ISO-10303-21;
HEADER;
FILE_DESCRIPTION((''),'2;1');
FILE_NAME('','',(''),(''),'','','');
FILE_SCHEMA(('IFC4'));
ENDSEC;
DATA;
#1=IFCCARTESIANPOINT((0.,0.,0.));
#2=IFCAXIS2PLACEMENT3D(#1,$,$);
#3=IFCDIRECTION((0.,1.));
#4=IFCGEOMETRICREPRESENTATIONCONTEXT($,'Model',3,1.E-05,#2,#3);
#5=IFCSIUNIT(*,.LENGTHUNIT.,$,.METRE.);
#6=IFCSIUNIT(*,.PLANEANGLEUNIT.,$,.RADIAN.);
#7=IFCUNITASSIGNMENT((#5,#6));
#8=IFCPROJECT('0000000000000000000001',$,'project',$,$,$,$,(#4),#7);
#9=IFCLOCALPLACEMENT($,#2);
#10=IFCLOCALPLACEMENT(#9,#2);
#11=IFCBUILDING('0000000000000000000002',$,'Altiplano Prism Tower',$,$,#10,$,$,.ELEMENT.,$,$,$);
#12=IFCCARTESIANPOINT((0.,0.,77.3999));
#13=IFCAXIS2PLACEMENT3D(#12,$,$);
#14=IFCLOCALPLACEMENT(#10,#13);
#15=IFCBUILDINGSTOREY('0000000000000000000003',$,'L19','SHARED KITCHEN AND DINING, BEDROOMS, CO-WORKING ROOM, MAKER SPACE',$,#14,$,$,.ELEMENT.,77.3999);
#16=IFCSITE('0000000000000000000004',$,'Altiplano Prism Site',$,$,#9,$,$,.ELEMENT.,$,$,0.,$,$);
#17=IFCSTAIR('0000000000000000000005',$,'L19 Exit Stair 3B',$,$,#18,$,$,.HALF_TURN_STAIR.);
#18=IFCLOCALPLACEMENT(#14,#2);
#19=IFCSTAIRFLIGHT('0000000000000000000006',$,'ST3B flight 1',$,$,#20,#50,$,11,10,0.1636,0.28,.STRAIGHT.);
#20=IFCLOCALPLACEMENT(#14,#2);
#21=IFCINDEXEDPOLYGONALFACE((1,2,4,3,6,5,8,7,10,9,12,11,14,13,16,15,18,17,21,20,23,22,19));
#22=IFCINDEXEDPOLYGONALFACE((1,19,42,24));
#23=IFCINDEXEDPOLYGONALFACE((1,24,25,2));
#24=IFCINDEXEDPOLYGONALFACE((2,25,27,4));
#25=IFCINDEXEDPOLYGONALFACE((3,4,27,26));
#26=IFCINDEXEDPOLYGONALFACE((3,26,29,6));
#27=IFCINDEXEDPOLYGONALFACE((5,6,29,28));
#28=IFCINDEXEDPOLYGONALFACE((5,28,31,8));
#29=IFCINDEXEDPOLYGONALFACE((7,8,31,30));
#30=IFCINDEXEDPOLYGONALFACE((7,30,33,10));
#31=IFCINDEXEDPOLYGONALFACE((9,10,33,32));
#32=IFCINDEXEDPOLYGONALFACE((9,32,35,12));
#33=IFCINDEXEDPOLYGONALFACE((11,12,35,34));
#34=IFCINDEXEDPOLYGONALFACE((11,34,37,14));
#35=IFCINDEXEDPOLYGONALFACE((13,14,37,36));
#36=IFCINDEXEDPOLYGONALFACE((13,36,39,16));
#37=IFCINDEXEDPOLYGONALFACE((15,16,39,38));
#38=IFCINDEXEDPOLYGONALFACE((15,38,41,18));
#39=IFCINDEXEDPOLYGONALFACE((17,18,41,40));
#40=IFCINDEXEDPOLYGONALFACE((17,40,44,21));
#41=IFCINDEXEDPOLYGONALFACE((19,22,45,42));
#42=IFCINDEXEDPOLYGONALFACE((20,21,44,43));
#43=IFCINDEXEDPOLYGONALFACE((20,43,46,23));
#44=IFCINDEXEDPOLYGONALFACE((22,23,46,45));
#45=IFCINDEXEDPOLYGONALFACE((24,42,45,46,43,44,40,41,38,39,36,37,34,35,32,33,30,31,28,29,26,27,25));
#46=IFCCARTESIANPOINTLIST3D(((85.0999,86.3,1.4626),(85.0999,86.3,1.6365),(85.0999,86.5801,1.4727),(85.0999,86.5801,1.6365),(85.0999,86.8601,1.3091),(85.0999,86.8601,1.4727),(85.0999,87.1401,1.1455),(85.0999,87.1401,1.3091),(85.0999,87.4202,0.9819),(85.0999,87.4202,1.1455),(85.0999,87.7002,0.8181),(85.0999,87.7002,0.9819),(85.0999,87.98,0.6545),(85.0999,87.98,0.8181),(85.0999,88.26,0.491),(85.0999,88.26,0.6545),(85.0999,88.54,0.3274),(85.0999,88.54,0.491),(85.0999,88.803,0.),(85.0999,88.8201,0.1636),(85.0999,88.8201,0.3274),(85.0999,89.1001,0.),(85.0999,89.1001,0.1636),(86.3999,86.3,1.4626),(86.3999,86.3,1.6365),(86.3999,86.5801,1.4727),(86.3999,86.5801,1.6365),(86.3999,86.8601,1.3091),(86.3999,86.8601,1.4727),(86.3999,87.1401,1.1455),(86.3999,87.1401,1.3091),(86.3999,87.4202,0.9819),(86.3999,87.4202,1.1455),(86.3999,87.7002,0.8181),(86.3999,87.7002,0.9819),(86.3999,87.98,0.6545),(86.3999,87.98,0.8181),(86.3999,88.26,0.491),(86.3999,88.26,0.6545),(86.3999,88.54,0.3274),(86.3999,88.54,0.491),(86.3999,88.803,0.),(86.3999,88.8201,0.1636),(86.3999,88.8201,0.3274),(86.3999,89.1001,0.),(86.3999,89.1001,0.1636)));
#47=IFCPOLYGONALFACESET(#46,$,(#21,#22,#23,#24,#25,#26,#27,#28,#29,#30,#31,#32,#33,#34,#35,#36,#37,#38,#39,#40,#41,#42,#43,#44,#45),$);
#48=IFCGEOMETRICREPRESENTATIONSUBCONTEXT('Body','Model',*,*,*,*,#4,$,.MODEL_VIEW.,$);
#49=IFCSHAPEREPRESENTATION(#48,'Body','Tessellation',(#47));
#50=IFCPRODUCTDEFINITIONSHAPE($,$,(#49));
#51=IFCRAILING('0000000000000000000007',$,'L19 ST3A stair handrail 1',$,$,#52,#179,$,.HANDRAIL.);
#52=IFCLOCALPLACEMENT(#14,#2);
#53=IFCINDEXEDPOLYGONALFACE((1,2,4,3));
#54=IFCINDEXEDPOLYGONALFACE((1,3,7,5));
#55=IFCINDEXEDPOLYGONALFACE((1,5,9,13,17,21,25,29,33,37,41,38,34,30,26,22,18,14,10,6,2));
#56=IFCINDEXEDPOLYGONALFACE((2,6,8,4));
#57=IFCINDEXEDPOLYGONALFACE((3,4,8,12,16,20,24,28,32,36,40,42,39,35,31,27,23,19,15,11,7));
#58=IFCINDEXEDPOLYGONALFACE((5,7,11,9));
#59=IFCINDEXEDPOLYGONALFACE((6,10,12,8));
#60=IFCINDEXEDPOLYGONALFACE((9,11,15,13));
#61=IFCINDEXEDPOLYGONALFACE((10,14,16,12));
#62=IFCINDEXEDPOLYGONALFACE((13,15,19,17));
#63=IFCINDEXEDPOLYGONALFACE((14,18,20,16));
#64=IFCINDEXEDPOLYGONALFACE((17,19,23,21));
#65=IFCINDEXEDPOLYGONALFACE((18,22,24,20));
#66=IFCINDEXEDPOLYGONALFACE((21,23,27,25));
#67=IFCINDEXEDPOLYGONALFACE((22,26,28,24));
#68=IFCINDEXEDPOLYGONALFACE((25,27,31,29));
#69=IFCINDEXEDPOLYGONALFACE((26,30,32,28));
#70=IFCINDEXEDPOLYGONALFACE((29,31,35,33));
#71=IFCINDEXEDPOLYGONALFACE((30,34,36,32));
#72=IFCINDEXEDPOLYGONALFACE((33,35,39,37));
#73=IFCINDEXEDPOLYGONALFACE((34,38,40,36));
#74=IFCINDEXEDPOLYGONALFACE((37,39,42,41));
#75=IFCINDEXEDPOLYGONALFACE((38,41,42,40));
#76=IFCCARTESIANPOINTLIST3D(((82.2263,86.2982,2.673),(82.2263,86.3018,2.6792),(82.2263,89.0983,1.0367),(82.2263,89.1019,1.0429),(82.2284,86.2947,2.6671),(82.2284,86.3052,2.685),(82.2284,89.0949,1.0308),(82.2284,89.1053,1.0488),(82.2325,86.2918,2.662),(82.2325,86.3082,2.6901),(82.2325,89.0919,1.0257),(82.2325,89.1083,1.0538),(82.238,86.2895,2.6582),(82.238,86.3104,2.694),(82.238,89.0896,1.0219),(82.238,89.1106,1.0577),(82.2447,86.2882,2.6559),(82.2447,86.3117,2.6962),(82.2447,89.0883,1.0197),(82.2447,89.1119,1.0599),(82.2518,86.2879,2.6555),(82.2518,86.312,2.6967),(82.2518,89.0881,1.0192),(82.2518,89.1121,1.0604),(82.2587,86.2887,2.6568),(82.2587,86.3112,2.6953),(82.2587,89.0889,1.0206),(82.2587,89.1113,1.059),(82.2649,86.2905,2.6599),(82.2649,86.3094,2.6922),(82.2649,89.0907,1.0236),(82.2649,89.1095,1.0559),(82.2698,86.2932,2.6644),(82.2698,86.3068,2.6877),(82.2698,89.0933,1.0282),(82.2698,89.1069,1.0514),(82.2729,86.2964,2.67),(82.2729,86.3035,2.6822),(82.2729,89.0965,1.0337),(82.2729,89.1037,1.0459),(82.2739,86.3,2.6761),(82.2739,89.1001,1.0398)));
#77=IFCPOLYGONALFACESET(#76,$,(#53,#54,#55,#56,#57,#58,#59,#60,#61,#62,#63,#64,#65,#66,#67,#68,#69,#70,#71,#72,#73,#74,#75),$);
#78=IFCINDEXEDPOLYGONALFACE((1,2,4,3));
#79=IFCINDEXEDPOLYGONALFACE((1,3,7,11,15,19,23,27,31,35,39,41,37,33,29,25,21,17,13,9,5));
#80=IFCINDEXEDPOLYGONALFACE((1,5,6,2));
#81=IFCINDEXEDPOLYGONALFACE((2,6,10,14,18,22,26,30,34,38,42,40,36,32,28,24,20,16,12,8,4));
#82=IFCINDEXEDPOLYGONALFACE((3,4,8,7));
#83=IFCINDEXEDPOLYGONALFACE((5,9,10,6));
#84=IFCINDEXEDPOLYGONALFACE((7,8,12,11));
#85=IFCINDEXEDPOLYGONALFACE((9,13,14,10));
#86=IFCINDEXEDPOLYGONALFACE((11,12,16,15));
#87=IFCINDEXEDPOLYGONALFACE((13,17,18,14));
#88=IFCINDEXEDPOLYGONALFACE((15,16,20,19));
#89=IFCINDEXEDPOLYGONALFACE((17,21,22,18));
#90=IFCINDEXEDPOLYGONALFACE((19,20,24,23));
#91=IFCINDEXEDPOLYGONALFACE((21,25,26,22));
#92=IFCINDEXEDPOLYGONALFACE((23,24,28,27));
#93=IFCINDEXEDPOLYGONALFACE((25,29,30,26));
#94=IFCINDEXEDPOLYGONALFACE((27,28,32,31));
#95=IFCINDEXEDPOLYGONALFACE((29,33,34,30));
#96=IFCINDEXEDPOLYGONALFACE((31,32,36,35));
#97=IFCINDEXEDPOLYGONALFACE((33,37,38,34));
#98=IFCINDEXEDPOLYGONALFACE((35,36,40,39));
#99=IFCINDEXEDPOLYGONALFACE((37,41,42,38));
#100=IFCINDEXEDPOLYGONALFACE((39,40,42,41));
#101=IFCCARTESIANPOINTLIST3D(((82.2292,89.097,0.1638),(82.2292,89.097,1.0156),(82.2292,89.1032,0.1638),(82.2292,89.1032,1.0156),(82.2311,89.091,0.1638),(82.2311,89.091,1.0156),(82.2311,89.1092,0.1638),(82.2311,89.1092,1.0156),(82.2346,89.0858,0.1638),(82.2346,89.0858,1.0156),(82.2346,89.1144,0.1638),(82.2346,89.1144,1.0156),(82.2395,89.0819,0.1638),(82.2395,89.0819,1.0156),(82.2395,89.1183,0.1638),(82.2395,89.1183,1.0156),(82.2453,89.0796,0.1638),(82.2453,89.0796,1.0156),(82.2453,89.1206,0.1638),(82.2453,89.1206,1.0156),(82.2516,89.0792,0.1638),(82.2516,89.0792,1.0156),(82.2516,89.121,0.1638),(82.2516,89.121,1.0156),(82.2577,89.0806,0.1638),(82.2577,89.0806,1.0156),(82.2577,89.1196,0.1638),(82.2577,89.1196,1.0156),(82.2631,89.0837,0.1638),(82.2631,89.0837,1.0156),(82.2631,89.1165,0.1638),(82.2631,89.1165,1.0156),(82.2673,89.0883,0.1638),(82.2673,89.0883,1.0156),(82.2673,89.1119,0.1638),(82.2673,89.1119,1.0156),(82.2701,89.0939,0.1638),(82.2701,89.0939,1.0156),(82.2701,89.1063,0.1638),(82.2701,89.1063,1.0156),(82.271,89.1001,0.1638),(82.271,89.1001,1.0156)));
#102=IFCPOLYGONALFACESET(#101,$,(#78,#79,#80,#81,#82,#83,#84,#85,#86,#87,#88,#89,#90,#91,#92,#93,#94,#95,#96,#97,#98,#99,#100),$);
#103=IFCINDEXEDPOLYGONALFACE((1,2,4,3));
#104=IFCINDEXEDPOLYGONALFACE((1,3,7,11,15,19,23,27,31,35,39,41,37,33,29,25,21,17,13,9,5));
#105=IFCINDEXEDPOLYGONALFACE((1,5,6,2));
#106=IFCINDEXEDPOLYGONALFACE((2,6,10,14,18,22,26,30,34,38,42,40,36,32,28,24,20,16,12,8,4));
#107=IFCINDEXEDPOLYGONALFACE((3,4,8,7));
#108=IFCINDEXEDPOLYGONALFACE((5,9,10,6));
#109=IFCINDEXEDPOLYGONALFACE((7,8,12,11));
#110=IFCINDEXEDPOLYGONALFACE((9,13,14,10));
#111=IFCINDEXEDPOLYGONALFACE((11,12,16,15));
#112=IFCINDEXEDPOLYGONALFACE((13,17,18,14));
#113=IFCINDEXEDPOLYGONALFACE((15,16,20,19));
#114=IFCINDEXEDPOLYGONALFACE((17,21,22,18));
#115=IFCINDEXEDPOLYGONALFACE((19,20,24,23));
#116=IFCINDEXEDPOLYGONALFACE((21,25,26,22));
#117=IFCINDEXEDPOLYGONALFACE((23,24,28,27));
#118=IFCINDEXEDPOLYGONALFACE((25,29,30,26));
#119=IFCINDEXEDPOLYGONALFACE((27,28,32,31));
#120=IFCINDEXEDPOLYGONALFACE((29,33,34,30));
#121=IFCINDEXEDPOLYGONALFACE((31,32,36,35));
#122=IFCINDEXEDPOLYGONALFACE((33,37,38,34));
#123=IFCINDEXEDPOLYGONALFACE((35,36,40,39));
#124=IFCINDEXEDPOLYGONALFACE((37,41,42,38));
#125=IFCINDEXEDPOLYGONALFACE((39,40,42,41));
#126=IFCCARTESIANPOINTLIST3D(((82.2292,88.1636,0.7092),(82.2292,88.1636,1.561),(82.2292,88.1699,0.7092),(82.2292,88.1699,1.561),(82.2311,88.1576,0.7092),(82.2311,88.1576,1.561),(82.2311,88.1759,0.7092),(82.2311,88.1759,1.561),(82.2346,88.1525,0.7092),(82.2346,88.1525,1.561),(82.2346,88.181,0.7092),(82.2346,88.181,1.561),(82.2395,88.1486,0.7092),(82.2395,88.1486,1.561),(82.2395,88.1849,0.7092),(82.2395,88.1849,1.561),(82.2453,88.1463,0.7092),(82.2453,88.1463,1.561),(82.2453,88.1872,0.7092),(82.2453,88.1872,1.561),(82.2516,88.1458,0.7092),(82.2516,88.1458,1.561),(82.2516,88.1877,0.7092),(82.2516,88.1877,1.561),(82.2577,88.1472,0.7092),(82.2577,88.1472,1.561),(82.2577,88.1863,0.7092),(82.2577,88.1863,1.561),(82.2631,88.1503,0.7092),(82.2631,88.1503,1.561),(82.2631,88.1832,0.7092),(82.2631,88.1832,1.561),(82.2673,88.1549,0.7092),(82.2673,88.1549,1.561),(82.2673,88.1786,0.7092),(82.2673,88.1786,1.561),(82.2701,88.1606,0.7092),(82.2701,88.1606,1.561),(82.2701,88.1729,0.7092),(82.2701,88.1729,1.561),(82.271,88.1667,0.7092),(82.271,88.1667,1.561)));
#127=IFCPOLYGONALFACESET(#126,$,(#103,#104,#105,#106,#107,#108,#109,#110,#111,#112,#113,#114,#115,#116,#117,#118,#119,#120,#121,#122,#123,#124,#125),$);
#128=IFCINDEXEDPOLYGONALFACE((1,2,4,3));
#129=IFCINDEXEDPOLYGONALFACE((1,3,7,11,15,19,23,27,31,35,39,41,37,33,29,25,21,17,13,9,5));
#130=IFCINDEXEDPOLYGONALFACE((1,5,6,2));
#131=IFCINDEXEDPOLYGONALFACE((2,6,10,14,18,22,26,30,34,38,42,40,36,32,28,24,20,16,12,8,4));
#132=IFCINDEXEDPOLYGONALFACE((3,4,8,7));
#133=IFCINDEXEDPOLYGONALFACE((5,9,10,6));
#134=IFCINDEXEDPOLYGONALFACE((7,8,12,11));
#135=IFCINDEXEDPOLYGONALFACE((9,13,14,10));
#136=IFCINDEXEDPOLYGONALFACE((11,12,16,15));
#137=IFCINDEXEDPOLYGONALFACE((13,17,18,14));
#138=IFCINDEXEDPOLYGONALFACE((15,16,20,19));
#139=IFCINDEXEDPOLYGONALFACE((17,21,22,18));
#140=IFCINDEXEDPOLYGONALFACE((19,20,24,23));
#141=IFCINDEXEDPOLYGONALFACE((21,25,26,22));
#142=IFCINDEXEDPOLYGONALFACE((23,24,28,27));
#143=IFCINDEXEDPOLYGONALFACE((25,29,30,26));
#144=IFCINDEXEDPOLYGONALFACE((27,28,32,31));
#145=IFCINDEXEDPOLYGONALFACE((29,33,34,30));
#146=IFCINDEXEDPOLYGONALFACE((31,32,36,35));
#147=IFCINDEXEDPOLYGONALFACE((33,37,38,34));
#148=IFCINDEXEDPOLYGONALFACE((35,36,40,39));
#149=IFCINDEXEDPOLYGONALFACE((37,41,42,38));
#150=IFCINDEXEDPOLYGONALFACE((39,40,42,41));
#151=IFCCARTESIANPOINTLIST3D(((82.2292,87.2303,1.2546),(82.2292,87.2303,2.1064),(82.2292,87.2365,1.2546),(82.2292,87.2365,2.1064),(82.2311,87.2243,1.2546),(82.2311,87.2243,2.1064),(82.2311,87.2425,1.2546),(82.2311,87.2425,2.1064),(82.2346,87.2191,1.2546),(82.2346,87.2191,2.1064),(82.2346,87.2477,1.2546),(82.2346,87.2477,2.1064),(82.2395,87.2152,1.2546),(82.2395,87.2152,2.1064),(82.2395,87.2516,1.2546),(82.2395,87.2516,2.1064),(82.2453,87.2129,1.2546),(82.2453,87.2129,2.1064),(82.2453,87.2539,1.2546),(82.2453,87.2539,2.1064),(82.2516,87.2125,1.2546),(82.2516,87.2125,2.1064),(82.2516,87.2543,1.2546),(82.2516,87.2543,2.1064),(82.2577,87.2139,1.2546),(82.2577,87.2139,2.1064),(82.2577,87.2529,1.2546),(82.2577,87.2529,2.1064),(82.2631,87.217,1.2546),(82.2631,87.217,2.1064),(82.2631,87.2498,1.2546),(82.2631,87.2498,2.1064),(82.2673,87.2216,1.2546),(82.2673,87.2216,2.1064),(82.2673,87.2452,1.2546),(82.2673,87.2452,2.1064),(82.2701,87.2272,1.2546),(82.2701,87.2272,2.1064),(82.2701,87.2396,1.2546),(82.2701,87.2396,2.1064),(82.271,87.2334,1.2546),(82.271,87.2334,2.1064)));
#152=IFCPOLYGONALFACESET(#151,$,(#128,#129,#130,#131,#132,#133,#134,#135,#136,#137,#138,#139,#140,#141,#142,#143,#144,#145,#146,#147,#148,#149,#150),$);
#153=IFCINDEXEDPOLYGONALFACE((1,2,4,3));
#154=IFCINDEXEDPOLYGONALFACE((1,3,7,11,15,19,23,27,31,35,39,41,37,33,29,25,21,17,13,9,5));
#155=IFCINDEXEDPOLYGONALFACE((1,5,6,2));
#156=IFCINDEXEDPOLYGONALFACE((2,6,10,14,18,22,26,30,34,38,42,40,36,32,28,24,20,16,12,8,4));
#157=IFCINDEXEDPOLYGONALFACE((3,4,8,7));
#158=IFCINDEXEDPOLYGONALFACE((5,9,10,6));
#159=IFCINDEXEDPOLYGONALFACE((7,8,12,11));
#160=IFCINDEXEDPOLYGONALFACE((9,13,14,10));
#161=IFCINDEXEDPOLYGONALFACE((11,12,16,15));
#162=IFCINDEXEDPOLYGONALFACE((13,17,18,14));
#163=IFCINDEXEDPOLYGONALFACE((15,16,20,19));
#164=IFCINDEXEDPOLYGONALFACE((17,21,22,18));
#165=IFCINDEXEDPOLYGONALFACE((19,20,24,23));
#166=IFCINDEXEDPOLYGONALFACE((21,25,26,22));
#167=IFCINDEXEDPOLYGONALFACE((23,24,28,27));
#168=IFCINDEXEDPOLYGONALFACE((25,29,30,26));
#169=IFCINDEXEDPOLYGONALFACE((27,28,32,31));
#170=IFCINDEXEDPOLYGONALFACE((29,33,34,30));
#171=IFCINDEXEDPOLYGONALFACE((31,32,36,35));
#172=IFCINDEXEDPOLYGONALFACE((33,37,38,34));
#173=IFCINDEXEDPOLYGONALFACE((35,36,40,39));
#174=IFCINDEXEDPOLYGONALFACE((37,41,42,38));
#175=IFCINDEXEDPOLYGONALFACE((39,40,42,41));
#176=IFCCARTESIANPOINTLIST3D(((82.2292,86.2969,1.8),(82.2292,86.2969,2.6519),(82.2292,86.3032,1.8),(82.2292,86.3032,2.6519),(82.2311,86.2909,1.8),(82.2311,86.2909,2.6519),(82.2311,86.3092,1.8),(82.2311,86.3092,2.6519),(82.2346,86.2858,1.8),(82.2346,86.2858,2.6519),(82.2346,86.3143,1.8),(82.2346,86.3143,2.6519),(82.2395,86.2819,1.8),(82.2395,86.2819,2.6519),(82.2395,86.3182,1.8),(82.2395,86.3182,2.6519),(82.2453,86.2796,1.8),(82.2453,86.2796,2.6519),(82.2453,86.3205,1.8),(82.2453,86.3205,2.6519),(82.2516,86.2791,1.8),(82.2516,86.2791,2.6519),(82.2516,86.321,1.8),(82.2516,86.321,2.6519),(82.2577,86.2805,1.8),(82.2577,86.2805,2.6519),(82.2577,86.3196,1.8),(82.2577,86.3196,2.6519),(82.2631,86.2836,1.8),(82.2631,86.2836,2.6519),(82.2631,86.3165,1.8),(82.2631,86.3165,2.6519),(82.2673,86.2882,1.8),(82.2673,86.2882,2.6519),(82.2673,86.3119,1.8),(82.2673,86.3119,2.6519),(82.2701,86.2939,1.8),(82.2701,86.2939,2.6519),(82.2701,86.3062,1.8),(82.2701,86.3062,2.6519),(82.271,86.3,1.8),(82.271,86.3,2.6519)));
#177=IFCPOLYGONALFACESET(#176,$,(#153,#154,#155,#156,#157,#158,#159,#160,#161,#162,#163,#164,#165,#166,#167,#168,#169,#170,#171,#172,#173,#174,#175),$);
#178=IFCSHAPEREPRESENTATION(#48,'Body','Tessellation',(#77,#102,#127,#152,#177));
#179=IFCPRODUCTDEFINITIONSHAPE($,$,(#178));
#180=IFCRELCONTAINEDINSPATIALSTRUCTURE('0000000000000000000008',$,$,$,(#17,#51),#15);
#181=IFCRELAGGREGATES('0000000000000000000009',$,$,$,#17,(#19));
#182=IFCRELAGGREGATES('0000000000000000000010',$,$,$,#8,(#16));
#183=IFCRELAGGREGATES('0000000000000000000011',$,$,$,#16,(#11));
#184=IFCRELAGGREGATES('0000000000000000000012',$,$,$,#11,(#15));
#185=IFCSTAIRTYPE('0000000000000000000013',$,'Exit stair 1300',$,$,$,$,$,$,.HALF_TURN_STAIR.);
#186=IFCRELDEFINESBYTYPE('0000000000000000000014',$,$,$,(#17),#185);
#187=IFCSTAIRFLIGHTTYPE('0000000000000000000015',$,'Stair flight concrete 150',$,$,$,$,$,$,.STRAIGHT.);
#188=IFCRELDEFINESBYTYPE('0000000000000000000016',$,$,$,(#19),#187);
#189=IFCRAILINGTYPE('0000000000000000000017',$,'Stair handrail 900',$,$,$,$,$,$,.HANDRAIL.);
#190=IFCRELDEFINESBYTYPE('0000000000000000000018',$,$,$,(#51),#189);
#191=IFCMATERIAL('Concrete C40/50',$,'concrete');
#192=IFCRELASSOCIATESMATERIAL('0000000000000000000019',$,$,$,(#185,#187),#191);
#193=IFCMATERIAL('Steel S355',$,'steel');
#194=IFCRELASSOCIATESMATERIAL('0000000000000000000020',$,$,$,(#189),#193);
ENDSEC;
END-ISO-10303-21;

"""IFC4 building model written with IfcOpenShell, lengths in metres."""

from ifc_helpers import new_model, si_unit, direction, frame, origin, origin_2d, place, context, subcontext, project, spatial, polyline, circle, outline, extrude, material, type_object, element, aggregate, save


model = new_model("IFC4")

# Units and contexts
model_context = context("Model", 3, precision=1e-05, world=origin(), true_north=direction((0.0, 1.0)))
body_context = subcontext(model_context, "Body", "Model", "MODEL_VIEW")
ifc_project = project(units=[si_unit("LENGTHUNIT", "METRE"), si_unit("PLANEANGLEUNIT", "RADIAN")], contexts=[model_context])

# Site, building, storey
site_placement = place(None, origin())
site = spatial("IfcSite", under=ifc_project, at=site_placement, Name="Altiplano Prism Site", CompositionType="ELEMENT", RefElevation=0.0)
building_placement = place(site_placement, origin())
building = spatial("IfcBuilding", under=site, at=building_placement, Name="Altiplano Prism Tower", CompositionType="ELEMENT")
storey_placement = place(building_placement, frame((0.0, 0.0, 77.3999)))
storey = spatial("IfcBuildingStorey", under=building, at=storey_placement, Name="L19", Description="SHARED KITCHEN AND DINING, BEDROOMS, CO-WORKING ROOM, MAKER SPACE", CompositionType="ELEMENT", Elevation=77.3999)

# Stair, stair flight
ifc_material_1 = material(Name="Concrete C40/50", Category="concrete")
stair_type = type_object("IfcStairType", Name="Exit stair 1300", PredefinedType="HALF_TURN_STAIR", material=ifc_material_1)
stair_flight_type = type_object("IfcStairFlightType", Name="Stair flight concrete 150", PredefinedType="STRAIGHT", material=ifc_material_1)
stair_1_placement = place(storey_placement, origin())
stair_1 = element("IfcStair", 1, at=stair_1_placement, inside=storey, type_object=stair_type, Name="L19 Exit Stair 3B", PredefinedType="HALF_TURN_STAIR")
stair_flight_1_placement = place(storey_placement, frame((85.75, 89.1001, 0.0), z_axis=(0.0, 0.0, 1.0), x_axis=(0.0, -1.0, 0.0)))
stair_flight_1 = element("IfcStairFlight", 2, at=stair_flight_1_placement, type_object=stair_flight_type, Name="ST3B flight 1", NumberOfRisers=11, NumberOfTreads=10, PredefinedType="STRAIGHT", RiserHeight=0.1636, TreadLength=0.28, context=body_context, shape_type="SweptSolid", body=[
    extrude(outline(polyline([(0.0, 0.0), (0.0, 0.1636), (0.28, 0.1636), (0.28, 0.3274), (0.5601, 0.3274), (0.5601, 0.491), (0.8401, 0.491), (0.8401, 0.6545), (1.1201, 0.6545), (1.1201, 0.8181), (1.3999, 0.8181), (1.3999, 0.9819), (1.6799, 0.9819), (1.6799, 1.1455), (1.96, 1.1455), (1.96, 1.3091), (2.24, 1.3091), (2.24, 1.4727), (2.52, 1.4727), (2.52, 1.6365), (2.8, 1.6365), (2.8, 1.8), (2.8, 1.4626), (0.2971, 0.0), (0.0, 0.0)])), frame((0.0, 0.6499, 0.0), z_axis=(0.0, -1.0, 0.0), x_axis=(1.0, 0.0, 0.0)), (0.0, 0.0, 1.0), 1.3),
])
aggregate(stair_1, [stair_flight_1])

# Railing
ifc_material_2 = material(Name="Steel S355", Category="steel")
railing_type_1 = type_object("IfcRailingType", Name="Stair handrail 900", PredefinedType="HANDRAIL", material=ifc_material_2)
for number, where, name in (
    (3, (82.25, 89.1001, 0.1638), "L19 ST3A stair handrail 1"),
):
    element("IfcRailing", number, at=place(storey_placement, frame(where)), inside=storey, type_object=railing_type_1, Name=name, PredefinedType="HANDRAIL", context=body_context, shape_type="SweptSolid", body=[
        extrude(circle(Radius=0.0239, at=origin_2d()), frame((0.0, 0.0, 0.876), z_axis=(0.0, -0.863394, 0.504531), x_axis=(1.0, 0.0, 0.0)), (0.0, 0.0, 1.0), 3.2432),
        extrude(circle(Radius=0.021, at=origin_2d()), origin(), (0.0, 0.0, 1.0), 0.8518),
        extrude(circle(Radius=0.021, at=origin_2d()), frame((0.0, -0.9333, 0.5454)), (0.0, 0.0, 1.0), 0.8518),
        extrude(circle(Radius=0.021, at=origin_2d()), frame((0.0, -1.8667, 1.0908)), (0.0, 0.0, 1.0), 0.8518),
        extrude(circle(Radius=0.021, at=origin_2d()), frame((0.0, -2.8, 1.6362)), (0.0, 0.0, 1.0), 0.8518),
    ])

save(model, "model.ifc")
